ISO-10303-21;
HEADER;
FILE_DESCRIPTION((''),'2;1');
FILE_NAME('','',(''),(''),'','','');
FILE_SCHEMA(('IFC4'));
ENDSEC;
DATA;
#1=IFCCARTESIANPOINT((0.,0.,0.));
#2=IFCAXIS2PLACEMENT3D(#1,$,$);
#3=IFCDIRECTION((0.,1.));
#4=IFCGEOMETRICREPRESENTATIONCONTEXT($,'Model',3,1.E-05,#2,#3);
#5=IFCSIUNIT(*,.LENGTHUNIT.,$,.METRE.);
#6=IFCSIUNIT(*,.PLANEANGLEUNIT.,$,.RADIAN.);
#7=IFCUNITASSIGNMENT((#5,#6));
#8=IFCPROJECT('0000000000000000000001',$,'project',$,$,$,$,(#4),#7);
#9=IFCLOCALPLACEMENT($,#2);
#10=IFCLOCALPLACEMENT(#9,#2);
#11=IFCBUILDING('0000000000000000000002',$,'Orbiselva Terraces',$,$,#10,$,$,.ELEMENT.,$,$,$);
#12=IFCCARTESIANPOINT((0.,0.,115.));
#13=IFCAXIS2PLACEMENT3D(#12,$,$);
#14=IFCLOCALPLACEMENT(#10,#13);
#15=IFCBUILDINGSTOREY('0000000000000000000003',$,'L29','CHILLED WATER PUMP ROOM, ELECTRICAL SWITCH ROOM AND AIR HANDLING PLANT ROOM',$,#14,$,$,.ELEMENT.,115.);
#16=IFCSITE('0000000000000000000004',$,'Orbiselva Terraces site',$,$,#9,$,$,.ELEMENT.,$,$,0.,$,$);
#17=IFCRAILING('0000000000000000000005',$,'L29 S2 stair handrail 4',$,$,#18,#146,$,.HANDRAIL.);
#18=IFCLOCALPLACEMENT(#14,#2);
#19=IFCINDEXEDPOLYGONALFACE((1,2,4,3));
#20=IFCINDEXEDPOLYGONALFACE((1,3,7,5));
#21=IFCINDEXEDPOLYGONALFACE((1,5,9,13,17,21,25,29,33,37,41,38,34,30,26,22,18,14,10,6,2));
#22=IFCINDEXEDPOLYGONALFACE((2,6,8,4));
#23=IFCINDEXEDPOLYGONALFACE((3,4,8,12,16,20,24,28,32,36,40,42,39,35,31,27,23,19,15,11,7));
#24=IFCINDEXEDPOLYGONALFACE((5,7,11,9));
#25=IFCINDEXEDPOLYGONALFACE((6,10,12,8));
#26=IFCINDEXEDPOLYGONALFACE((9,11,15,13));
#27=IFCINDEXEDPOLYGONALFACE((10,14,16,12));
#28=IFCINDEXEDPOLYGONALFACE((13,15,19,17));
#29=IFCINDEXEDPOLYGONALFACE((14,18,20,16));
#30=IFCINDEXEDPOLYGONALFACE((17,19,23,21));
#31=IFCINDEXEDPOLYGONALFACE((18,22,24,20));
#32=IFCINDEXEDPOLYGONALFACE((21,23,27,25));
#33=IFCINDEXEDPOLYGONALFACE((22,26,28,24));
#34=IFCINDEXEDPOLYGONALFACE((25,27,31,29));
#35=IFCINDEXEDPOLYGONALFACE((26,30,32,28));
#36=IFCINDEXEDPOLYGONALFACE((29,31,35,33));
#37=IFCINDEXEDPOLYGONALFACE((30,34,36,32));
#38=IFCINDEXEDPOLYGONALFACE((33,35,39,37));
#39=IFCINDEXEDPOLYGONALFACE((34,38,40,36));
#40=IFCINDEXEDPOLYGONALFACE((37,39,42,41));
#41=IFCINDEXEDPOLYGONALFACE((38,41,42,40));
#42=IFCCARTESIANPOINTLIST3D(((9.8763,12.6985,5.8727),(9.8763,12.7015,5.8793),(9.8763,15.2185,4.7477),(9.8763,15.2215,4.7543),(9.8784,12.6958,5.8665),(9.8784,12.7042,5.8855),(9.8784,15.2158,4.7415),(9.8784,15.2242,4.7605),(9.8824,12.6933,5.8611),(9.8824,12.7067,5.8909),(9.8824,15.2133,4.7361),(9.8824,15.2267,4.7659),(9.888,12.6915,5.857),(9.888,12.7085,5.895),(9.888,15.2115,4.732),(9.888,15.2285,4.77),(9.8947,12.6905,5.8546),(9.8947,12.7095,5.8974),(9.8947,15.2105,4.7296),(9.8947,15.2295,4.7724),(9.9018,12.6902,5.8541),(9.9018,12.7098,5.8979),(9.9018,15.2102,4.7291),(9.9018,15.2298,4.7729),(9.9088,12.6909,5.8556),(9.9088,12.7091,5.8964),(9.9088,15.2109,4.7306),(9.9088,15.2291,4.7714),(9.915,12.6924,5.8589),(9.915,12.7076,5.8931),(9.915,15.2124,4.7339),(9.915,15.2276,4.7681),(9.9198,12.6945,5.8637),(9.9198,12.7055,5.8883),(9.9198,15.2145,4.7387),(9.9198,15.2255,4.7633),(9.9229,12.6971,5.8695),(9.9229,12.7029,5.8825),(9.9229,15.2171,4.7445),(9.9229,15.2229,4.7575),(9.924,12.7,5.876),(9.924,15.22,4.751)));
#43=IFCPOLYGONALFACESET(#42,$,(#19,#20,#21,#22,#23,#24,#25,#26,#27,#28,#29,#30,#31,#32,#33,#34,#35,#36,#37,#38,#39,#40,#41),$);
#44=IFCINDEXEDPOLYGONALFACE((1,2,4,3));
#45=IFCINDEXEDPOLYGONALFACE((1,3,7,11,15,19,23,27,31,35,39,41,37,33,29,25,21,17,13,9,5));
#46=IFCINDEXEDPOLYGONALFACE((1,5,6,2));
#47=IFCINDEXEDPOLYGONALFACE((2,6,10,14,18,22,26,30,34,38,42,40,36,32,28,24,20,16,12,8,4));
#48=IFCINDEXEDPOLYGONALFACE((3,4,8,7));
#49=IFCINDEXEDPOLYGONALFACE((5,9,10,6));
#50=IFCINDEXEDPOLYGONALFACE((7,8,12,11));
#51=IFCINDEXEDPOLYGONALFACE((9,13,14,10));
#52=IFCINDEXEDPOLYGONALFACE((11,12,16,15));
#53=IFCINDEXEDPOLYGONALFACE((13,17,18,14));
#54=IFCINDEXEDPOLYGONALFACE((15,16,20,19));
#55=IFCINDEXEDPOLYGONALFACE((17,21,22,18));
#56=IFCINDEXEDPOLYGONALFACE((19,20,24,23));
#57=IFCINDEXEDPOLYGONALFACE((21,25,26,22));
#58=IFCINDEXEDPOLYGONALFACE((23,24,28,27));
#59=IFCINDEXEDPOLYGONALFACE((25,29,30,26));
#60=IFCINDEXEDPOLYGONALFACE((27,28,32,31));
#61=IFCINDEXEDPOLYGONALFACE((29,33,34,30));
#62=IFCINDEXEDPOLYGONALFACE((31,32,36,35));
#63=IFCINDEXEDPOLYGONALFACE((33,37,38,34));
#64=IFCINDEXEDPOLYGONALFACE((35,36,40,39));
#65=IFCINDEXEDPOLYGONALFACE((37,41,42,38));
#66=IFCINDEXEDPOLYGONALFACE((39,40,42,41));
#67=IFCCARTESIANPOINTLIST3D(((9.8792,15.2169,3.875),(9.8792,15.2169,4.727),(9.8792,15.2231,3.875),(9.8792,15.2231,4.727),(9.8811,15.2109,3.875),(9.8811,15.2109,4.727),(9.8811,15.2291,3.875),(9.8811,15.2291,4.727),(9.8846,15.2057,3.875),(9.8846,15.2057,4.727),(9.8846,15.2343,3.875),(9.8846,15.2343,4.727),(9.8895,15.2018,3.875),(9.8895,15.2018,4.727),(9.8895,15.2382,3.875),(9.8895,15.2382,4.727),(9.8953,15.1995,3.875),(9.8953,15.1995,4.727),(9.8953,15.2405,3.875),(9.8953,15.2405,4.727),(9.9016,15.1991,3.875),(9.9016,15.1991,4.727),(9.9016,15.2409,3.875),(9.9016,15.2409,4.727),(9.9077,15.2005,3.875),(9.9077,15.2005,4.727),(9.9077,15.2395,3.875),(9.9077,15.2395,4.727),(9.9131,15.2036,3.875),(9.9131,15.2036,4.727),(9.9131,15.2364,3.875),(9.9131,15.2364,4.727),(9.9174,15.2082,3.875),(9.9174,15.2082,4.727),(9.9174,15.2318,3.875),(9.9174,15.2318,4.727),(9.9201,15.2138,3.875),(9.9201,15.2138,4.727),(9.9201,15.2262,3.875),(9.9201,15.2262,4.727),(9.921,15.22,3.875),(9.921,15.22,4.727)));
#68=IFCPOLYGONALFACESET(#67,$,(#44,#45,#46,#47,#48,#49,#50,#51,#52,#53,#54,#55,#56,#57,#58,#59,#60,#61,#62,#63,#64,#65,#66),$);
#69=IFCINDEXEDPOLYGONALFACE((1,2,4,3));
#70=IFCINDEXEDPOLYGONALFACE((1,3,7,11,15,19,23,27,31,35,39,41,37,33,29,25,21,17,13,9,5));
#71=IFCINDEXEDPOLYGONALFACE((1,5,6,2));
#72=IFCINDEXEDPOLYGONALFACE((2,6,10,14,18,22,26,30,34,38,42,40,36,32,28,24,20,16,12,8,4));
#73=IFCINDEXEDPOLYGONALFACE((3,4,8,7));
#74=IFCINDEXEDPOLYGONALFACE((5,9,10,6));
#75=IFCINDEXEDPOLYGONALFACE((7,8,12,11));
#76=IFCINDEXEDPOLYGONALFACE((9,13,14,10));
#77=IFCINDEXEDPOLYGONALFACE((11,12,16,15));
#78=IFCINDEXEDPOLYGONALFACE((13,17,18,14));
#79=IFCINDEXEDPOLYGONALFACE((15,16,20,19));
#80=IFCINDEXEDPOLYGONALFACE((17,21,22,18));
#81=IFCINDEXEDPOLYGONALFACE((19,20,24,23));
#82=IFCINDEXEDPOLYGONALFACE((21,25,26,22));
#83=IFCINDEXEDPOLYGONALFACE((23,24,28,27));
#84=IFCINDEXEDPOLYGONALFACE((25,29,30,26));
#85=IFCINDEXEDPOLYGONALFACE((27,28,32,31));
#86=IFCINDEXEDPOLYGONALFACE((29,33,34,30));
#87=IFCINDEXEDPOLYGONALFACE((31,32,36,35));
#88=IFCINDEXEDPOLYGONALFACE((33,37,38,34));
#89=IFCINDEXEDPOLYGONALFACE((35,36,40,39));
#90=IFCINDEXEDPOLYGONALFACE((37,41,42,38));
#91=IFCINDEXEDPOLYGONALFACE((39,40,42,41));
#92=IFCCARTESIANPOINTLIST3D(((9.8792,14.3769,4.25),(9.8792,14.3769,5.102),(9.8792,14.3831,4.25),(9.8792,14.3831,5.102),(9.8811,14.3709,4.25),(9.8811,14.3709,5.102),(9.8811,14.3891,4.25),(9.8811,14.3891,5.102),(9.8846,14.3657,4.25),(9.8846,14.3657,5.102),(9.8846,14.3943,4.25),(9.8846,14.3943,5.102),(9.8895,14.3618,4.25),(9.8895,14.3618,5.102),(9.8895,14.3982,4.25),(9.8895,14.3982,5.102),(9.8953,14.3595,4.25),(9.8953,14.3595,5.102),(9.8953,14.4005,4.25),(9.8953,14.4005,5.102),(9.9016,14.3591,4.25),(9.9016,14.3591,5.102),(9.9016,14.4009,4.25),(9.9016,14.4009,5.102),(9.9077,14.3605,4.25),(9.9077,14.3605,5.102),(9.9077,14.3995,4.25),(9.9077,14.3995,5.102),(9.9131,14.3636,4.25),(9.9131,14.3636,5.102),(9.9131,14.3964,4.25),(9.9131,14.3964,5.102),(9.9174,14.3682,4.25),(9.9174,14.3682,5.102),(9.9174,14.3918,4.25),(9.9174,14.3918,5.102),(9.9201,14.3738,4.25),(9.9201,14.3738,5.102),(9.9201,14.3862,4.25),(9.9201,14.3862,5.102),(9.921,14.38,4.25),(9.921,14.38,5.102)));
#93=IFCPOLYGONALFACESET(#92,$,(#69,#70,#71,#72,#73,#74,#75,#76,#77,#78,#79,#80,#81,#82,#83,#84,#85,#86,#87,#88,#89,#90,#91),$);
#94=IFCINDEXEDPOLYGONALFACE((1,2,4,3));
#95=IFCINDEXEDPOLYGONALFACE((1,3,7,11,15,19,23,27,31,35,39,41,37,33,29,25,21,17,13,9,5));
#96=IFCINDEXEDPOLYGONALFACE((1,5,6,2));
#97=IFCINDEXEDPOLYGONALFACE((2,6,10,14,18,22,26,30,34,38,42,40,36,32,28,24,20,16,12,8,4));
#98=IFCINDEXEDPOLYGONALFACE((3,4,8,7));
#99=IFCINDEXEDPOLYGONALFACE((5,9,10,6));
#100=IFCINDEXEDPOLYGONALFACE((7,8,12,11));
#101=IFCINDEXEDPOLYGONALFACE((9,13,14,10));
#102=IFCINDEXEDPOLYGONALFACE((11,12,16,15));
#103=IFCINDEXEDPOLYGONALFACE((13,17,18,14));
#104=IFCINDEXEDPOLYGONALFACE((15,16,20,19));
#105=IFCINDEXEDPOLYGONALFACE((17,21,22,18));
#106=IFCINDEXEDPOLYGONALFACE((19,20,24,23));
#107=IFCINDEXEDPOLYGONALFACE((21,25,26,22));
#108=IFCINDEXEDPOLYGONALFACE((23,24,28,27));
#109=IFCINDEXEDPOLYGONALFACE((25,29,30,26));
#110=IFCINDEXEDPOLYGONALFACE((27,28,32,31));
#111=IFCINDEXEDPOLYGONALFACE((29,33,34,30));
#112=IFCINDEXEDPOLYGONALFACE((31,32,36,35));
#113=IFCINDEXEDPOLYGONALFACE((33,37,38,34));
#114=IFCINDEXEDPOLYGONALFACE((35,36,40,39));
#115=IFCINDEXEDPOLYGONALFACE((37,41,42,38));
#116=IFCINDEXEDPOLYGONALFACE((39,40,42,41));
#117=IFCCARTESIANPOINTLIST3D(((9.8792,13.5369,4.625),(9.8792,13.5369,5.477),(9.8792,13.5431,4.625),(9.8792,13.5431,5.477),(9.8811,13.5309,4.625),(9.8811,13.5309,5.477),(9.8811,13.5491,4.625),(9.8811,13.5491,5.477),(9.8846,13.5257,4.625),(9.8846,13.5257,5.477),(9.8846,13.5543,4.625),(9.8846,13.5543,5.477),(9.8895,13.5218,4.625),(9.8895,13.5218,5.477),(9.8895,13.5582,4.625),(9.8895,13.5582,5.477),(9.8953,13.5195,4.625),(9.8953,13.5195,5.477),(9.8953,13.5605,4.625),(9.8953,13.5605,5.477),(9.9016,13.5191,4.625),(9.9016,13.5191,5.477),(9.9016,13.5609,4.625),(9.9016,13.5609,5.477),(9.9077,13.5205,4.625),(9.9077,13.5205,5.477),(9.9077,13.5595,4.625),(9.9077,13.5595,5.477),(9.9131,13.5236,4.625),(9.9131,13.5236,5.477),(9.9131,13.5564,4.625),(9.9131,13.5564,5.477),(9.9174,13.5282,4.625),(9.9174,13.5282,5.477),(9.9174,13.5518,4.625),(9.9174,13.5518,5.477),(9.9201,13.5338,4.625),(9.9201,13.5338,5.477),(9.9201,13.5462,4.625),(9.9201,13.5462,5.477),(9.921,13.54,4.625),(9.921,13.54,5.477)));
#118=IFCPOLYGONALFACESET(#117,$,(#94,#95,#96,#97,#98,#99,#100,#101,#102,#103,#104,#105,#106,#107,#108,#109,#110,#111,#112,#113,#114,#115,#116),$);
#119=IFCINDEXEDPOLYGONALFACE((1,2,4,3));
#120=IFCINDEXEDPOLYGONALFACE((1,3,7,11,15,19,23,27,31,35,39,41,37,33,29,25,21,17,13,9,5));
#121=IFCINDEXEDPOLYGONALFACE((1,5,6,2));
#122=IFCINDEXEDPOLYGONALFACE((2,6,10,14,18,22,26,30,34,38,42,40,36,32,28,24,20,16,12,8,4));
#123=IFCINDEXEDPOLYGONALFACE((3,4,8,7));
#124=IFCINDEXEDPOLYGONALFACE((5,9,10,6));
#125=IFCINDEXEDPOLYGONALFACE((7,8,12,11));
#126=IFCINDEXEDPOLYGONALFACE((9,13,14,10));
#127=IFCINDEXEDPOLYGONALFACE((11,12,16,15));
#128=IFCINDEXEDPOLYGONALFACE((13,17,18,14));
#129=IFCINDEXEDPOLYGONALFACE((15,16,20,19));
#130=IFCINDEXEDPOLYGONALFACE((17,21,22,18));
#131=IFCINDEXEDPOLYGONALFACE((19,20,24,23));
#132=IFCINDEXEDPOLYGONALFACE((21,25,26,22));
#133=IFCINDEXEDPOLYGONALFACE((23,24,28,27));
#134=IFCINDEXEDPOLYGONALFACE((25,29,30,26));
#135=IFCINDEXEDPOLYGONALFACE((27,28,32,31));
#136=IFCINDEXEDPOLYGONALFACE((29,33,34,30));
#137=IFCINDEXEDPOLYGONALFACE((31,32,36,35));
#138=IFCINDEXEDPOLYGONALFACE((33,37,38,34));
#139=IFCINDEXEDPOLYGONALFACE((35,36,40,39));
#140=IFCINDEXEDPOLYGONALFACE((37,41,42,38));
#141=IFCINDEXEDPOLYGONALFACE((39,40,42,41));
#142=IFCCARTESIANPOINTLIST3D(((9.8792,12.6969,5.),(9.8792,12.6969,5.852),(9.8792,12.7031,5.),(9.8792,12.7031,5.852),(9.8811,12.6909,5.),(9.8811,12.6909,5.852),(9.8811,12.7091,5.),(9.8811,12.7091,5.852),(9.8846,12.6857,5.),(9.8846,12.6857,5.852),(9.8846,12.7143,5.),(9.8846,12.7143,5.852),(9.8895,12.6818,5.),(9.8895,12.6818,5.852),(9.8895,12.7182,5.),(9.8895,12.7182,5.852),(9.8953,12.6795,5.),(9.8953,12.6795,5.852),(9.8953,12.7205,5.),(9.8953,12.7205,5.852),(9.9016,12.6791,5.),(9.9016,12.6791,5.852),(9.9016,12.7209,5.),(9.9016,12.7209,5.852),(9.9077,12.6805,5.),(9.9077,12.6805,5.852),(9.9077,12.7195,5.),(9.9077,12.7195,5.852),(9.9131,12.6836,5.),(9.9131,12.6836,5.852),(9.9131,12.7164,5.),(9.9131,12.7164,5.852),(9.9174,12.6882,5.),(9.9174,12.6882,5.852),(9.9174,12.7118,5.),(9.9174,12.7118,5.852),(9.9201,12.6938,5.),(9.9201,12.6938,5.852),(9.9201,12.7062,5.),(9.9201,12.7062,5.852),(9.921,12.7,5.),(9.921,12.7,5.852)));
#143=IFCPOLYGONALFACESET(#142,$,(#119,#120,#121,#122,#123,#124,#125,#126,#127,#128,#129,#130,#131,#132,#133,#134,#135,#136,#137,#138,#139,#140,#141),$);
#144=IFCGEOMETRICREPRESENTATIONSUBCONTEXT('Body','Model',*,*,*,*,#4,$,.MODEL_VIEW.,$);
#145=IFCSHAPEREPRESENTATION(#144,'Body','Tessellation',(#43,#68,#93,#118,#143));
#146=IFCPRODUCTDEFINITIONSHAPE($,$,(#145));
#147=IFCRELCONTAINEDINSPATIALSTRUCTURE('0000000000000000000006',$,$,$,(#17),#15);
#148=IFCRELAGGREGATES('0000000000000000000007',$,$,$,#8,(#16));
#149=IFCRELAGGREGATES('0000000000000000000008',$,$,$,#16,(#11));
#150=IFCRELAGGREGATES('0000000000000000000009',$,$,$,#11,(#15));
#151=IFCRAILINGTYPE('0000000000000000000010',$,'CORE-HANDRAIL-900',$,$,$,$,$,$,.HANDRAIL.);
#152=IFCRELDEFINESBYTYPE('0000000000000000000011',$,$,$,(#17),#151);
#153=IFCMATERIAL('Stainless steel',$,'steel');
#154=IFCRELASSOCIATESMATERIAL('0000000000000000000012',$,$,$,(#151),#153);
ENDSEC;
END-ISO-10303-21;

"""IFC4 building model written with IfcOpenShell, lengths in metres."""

from ifc_helpers import new_model, si_unit, direction, frame, origin, origin_2d, place, context, subcontext, project, spatial, circle, extrude, material, type_object, element, save


model = new_model("IFC4")

# Units and contexts
model_context = context("Model", 3, precision=1e-05, world=origin(), true_north=direction((0.0, 1.0)))
body_context = subcontext(model_context, "Body", "Model", "MODEL_VIEW")
ifc_project = project(units=[si_unit("LENGTHUNIT", "METRE"), si_unit("PLANEANGLEUNIT", "RADIAN")], contexts=[model_context])

# Site, building, storey
site_placement = place(None, origin())
site = spatial("IfcSite", under=ifc_project, at=site_placement, Name="Orbiselva Terraces site", CompositionType="ELEMENT", RefElevation=0.0)
building_placement = place(site_placement, origin())
building = spatial("IfcBuilding", under=site, at=building_placement, Name="Orbiselva Terraces", CompositionType="ELEMENT")
storey_placement = place(building_placement, frame((0.0, 0.0, 115.0)))
storey = spatial("IfcBuildingStorey", under=building, at=storey_placement, Name="L29", Description="CHILLED WATER PUMP ROOM, ELECTRICAL SWITCH ROOM AND AIR HANDLING PLANT ROOM", CompositionType="ELEMENT", Elevation=115.0)

# Railing
ifc_material_1 = material(Name="Stainless steel", Category="steel")
railing_type = type_object("IfcRailingType", Name="CORE-HANDRAIL-900", PredefinedType="HANDRAIL", material=ifc_material_1)
for number, where, name in (
    (1, (9.9, 15.22, 3.875), "L29 S2 stair handrail 4"),
):
    element("IfcRailing", number, at=place(storey_placement, frame(where)), inside=storey, type_object=railing_type, Name=name, PredefinedType="HANDRAIL", context=body_context, shape_type="SweptSolid", body=[
        extrude(circle(Radius=0.024, at=origin_2d()), frame((0.0, 0.0, 0.876), z_axis=(0.0, -0.913138, 0.407651), x_axis=(1.0, 0.0, 0.0)), (0.0, 0.0, 1.0), 2.7597),
        extrude(circle(Radius=0.021, at=origin_2d()), origin(), (0.0, 0.0, 1.0), 0.852),
        extrude(circle(Radius=0.021, at=origin_2d()), frame((0.0, -0.84, 0.375)), (0.0, 0.0, 1.0), 0.852),
        extrude(circle(Radius=0.021, at=origin_2d()), frame((0.0, -1.68, 0.75)), (0.0, 0.0, 1.0), 0.852),
        extrude(circle(Radius=0.021, at=origin_2d()), frame((0.0, -2.52, 1.125)), (0.0, 0.0, 1.0), 0.852),
    ])

save(model, "model.ifc")
